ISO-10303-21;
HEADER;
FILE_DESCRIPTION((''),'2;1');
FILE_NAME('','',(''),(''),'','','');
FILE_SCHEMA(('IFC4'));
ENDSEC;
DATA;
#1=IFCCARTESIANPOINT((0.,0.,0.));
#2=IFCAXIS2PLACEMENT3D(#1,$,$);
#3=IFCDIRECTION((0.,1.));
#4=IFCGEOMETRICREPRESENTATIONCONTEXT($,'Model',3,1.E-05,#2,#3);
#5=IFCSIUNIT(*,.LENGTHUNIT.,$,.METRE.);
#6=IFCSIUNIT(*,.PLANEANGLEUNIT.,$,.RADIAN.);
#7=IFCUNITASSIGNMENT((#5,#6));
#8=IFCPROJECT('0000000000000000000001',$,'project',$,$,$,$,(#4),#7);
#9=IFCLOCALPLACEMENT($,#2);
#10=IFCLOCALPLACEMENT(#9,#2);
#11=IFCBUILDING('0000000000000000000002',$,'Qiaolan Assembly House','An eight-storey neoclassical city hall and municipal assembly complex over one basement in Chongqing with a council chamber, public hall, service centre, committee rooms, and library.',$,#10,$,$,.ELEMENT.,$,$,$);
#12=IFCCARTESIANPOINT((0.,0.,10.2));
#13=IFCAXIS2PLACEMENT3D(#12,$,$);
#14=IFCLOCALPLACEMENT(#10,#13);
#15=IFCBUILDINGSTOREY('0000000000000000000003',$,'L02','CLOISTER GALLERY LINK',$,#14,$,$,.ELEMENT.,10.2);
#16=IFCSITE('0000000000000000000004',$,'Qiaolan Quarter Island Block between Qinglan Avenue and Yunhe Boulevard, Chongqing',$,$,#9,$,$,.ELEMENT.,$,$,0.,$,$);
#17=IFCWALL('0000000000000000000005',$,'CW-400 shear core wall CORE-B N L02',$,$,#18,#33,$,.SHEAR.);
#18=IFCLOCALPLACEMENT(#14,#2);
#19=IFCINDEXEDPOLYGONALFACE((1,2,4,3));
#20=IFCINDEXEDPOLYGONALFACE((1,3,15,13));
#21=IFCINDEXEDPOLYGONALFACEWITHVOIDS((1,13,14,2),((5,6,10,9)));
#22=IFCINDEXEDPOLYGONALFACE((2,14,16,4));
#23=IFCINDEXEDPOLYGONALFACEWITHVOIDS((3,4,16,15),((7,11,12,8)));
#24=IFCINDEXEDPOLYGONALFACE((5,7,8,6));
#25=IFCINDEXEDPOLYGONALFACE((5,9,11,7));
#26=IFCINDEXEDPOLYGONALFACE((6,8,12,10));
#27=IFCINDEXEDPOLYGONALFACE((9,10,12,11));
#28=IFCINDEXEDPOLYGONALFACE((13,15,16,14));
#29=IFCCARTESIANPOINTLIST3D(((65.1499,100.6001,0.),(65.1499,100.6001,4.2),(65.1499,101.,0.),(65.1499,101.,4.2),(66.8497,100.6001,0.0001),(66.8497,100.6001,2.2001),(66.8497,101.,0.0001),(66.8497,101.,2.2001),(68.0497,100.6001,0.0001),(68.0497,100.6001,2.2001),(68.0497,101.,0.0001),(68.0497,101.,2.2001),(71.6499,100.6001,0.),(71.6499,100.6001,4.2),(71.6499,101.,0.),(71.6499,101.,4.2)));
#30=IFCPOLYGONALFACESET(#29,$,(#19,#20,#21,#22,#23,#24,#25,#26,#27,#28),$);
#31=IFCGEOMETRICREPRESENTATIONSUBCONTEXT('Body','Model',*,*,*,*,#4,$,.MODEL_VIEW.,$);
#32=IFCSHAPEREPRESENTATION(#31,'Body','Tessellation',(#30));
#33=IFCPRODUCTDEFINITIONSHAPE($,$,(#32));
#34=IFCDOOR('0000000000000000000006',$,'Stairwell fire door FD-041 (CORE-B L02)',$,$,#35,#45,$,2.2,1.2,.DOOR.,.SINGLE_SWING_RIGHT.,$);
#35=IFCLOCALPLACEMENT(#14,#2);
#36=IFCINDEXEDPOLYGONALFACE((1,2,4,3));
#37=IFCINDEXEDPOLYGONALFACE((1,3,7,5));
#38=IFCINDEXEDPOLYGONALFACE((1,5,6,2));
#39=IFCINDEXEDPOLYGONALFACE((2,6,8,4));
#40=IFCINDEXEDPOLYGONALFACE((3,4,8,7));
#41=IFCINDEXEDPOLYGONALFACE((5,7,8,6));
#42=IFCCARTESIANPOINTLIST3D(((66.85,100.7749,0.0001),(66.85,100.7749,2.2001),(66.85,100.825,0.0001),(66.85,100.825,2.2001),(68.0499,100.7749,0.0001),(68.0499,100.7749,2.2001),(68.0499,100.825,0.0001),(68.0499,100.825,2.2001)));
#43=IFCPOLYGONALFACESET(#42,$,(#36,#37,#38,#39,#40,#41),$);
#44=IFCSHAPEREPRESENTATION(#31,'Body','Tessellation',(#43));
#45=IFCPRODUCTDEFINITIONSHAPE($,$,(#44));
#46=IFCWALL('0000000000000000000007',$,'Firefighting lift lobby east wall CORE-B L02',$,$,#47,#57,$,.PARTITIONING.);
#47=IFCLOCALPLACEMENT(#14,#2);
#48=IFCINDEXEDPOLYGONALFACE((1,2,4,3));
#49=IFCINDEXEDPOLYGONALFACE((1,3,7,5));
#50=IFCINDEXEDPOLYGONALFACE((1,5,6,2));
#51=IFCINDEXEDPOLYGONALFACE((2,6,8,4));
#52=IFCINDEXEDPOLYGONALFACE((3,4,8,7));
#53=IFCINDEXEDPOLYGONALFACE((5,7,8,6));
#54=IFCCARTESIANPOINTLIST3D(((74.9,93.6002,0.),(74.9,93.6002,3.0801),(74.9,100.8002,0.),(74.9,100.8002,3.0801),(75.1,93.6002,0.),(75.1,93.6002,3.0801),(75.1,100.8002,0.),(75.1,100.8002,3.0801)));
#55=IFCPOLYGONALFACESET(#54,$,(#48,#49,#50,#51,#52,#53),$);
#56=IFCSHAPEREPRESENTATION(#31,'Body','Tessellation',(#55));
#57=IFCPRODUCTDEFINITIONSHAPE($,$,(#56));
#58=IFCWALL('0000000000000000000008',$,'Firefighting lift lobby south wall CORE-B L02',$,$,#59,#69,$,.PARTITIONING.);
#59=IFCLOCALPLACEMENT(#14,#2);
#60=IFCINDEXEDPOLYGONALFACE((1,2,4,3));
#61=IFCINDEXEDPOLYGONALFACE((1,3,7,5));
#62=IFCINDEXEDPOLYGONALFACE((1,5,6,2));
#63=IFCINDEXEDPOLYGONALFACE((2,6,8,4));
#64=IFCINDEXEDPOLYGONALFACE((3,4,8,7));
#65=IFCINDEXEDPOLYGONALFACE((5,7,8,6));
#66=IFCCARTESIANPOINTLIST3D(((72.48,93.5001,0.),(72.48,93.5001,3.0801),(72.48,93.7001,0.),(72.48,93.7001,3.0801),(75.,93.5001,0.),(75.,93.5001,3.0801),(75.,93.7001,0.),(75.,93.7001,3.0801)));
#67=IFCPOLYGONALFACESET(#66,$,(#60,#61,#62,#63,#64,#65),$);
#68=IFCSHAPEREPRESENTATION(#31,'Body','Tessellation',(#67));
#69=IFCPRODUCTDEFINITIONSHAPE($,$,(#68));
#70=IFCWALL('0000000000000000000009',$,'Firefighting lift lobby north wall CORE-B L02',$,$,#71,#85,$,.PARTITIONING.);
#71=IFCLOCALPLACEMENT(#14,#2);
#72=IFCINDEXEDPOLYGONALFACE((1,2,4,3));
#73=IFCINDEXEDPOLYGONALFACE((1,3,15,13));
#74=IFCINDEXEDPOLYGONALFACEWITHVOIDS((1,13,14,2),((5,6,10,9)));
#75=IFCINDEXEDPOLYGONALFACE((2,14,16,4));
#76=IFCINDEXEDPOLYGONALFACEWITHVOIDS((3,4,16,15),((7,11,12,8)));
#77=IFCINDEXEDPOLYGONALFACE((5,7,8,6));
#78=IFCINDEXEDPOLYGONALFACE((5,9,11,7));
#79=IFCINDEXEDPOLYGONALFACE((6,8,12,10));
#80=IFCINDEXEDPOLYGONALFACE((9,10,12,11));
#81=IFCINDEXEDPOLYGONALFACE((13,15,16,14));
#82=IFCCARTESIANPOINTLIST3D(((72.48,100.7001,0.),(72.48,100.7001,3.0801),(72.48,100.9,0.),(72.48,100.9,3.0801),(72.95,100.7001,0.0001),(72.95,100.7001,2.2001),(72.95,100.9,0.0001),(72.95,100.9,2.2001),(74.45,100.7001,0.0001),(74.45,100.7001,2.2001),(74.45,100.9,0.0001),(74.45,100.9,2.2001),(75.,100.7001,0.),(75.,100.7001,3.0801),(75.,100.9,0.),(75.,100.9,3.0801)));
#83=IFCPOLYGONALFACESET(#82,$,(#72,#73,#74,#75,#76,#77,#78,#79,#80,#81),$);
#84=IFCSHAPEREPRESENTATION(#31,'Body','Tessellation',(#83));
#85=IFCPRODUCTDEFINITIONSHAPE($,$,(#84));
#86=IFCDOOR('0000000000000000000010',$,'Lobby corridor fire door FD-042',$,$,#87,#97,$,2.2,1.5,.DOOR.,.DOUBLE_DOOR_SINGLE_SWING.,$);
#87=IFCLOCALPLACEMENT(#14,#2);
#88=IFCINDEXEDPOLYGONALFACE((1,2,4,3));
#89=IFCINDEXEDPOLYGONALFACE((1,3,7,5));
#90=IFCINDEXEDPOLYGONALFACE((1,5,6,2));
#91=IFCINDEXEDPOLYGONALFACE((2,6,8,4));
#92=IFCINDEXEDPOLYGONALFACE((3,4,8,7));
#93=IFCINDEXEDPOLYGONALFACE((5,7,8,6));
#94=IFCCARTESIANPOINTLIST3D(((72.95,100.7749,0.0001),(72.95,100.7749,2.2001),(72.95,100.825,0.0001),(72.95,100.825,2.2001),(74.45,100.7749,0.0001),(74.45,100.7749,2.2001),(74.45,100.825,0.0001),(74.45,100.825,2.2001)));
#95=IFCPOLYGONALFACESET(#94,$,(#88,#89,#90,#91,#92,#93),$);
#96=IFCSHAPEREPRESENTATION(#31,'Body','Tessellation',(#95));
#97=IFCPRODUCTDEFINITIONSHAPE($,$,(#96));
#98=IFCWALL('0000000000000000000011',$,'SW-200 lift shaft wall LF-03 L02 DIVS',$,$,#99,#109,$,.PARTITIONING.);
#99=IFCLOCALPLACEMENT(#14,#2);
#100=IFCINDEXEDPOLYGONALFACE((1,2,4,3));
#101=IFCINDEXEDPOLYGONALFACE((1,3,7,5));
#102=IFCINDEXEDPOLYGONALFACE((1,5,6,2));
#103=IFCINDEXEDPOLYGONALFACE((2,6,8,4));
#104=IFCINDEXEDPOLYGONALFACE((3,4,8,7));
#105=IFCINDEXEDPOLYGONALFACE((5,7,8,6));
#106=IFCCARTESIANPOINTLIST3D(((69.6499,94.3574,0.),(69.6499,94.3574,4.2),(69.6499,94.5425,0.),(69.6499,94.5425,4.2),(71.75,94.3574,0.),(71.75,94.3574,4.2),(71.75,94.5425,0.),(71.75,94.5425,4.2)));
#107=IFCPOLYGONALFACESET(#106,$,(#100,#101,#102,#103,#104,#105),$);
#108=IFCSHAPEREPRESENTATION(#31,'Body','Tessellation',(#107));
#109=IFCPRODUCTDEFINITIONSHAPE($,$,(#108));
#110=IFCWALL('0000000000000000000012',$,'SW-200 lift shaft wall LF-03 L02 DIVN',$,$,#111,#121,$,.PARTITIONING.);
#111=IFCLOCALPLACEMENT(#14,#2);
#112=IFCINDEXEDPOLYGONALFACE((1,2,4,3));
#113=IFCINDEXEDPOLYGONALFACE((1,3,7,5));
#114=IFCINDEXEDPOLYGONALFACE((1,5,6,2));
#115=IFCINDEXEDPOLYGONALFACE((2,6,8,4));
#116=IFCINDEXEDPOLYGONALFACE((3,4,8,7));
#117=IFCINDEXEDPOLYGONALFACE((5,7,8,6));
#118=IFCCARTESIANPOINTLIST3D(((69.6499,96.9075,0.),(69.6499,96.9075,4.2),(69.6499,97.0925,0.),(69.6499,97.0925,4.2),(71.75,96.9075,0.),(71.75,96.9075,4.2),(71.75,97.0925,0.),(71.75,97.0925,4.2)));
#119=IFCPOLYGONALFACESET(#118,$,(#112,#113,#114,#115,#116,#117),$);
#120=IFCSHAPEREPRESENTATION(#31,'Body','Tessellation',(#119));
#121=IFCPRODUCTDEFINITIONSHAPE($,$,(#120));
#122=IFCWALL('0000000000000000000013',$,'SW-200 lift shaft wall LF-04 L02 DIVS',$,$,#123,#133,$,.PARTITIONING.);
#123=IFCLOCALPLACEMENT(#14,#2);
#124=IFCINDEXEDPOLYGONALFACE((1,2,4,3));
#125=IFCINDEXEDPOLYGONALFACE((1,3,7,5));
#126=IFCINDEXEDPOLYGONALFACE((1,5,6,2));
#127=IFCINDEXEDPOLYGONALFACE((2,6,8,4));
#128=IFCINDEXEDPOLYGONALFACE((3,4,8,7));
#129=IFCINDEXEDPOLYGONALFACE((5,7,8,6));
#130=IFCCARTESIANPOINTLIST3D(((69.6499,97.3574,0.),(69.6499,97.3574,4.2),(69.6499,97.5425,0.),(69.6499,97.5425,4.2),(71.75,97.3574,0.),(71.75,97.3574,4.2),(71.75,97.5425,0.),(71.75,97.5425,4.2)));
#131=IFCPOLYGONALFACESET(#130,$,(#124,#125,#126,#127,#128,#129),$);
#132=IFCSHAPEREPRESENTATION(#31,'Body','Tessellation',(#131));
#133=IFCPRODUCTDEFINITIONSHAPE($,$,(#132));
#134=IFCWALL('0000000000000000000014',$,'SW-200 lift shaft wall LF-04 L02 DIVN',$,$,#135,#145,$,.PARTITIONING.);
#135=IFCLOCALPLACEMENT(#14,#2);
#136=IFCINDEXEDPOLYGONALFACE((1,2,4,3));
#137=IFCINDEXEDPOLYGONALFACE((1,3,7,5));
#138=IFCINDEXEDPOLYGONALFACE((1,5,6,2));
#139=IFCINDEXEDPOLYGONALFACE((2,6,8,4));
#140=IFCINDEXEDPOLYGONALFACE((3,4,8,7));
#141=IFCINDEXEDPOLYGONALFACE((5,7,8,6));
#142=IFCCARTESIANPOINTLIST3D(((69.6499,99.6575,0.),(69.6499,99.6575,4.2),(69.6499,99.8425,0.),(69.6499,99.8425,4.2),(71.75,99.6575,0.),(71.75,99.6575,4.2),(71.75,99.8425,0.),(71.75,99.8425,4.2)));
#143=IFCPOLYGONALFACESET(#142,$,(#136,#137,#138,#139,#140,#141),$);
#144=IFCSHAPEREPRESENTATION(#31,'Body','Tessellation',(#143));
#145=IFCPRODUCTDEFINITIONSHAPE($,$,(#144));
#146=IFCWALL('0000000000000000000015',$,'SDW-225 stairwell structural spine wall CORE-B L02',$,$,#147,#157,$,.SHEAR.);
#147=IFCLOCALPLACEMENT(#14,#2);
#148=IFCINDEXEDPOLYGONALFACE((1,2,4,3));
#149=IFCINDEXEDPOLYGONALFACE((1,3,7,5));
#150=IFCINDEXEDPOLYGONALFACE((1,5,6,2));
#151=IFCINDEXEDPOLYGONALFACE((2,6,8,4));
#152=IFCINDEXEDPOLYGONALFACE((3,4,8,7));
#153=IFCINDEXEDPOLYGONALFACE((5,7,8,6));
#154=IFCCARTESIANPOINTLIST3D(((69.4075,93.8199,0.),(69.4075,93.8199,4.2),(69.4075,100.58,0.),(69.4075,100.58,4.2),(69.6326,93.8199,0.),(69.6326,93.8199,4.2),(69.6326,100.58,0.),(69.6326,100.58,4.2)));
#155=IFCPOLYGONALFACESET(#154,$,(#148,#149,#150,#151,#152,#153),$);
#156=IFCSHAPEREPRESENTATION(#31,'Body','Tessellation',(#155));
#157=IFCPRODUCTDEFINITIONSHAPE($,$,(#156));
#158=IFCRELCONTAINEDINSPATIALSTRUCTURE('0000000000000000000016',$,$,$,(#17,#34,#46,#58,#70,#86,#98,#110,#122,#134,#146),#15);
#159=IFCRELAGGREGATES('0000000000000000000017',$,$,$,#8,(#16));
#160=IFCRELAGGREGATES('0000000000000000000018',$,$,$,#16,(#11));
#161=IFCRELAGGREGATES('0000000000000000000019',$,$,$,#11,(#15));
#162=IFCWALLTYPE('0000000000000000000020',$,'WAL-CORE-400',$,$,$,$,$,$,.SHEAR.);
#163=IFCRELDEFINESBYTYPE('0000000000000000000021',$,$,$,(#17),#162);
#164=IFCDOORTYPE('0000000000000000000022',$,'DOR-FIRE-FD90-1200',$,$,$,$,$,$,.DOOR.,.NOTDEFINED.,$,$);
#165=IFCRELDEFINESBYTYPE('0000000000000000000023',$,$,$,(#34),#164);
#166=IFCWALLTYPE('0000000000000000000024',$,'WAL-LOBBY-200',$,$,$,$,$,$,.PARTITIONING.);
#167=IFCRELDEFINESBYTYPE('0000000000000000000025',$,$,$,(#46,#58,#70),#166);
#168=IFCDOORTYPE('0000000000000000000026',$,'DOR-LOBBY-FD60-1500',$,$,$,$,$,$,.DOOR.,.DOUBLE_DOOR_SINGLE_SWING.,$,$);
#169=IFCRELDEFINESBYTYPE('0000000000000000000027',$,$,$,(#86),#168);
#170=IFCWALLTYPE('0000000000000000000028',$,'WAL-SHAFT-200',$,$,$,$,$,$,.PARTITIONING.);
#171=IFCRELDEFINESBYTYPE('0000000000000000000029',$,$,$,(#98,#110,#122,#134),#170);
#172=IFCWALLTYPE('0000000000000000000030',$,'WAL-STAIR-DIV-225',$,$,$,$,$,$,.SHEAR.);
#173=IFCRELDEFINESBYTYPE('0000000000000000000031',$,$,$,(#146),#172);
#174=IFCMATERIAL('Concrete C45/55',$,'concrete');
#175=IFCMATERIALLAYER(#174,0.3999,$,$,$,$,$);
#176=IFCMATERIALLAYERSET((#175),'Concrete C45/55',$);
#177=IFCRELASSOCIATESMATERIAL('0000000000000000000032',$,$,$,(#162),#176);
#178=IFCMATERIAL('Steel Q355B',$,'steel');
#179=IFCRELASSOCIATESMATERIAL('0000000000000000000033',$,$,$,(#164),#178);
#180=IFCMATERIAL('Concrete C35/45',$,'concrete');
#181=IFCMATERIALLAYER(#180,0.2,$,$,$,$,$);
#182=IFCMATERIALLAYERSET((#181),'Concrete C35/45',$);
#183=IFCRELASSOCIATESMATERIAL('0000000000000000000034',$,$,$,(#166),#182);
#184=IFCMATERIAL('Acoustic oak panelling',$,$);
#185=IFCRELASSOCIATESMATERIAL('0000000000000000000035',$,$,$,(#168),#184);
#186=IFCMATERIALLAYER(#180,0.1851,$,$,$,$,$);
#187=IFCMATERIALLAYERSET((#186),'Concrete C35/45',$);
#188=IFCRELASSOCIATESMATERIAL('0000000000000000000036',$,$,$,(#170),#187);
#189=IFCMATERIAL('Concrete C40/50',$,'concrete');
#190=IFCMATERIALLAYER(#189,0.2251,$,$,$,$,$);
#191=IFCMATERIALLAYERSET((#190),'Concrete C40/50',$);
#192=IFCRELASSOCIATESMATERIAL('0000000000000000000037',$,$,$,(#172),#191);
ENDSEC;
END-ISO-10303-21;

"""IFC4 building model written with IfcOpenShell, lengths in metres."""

from ifc_helpers import new_model, si_unit, direction, frame, frame_2d, origin, place, context, subcontext, project, spatial, rectangle, extrude, material, layer, layer_set, type_object, element, fill, save


model = new_model("IFC4")

# Units and contexts
model_context = context("Model", 3, precision=1e-05, world=origin(), true_north=direction((0.0, 1.0)))
body_context = subcontext(model_context, "Body", "Model", "MODEL_VIEW")
ifc_project = project(units=[si_unit("LENGTHUNIT", "METRE"), si_unit("PLANEANGLEUNIT", "RADIAN")], contexts=[model_context])

# Site, building, storey
site_placement = place(None, origin())
site = spatial("IfcSite", under=ifc_project, at=site_placement, Name="Qiaolan Quarter Island Block between Qinglan Avenue and Yunhe Boulevard, Chongqing", CompositionType="ELEMENT", RefElevation=0.0)
building_placement = place(site_placement, origin())
building = spatial("IfcBuilding", under=site, at=building_placement, Name="Qiaolan Assembly House", Description="An eight-storey neoclassical city hall and municipal assembly complex over one basement in Chongqing with a council chamber, public hall, service centre, committee rooms, and library.", CompositionType="ELEMENT")
storey_placement = place(building_placement, frame((0.0, 0.0, 10.2)))
storey = spatial("IfcBuildingStorey", under=building, at=storey_placement, Name="L02", Description="CLOISTER GALLERY LINK", CompositionType="ELEMENT", Elevation=10.2)

# Shared definitions
ifc_material_1 = material(Name="Concrete C45/55", Category="concrete")

# Shared definitions
ifc_material_2 = material(Name="Concrete C40/50", Category="concrete")

# Shared definitions
ifc_layer_1 = layer(ifc_material_1, 0.3999)
ifc_layer_set_1 = layer_set([ifc_layer_1], Name="Concrete C45/55")
wall_type_1 = type_object("IfcWallType", Name="WAL-CORE-400", PredefinedType="SHEAR", material=ifc_layer_set_1)

# Wall, opening, door
wall_1_placement = place(storey_placement, frame((71.6499, 100.8, 0.0), z_axis=(0.0, 0.0, 1.0), x_axis=(-1.0, 0.0, 0.0)))
wall_1 = element("IfcWall", 1, at=wall_1_placement, inside=storey, type_object=wall_type_1, Name="CW-400 shear core wall CORE-B N L02", PredefinedType="SHEAR", context=body_context, shape_type="SweptSolid", body=[
    extrude(rectangle(XDim=6.5, YDim=0.3999, at=frame_2d((3.25, 0.0))), origin(), (0.0, 0.0, 1.0), 4.2),
])
opening_1_placement = place(wall_1_placement, frame((3.6001, 0.0, 0.0)))
opening_1 = element("IfcOpeningElement", 2, at=opening_1_placement, cuts=wall_1, PredefinedType="OPENING", context=body_context, shape_type="SweptSolid", body=[
    extrude(rectangle(XDim=1.2, YDim=2.2, at=frame_2d((0.6001, 1.1001))), frame((0.0, 0.21, 0.0), z_axis=(0.0, -1.0, 0.0), x_axis=(1.0, 0.0, 0.0)), (0.0, 0.0, 1.0), 0.4199),
])
ifc_material_3 = material(Name="Steel Q355B", Category="steel")
door_type_1 = type_object("IfcDoorType", Name="DOR-FIRE-FD90-1200", OperationType="NOTDEFINED", PredefinedType="DOOR", material=ifc_material_3)
door_1_placement = place(opening_1_placement, frame((1.2, 0.0, 0.0), z_axis=(0.0, 0.0, 1.0), x_axis=(-1.0, 0.0, 0.0)))
door_1 = element("IfcDoor", 3, at=door_1_placement, inside=storey, type_object=door_type_1, Name="Stairwell fire door FD-041 (CORE-B L02)", OperationType="SINGLE_SWING_RIGHT", OverallHeight=2.2, OverallWidth=1.2, PredefinedType="DOOR", context=body_context, shape_type="SweptSolid", body=[
    extrude(rectangle(XDim=1.2, YDim=2.2, at=frame_2d((0.6001, 1.1001))), frame((0.0, 0.0249, 0.0), z_axis=(0.0, -1.0, 0.0), x_axis=(1.0, 0.0, 0.0)), (0.0, 0.0, 1.0), 0.05),
])
fill(opening_1, door_1)

# Walls
ifc_material_4 = material(Name="Concrete C35/45", Category="concrete")
ifc_layer_2 = layer(ifc_material_4, 0.2)
ifc_layer_set_2 = layer_set([ifc_layer_2], Name="Concrete C35/45")
wall_type_2 = type_object("IfcWallType", Name="WAL-LOBBY-200", PredefinedType="PARTITIONING", material=ifc_layer_set_2)
wall_2_placement = place(storey_placement, frame((75.0, 93.6001, 0.0), z_axis=(0.0, 0.0, 1.0), x_axis=(0.0, 1.0, 0.0)))
element("IfcWall", 4, at=wall_2_placement, inside=storey, type_object=wall_type_2, Name="Firefighting lift lobby east wall CORE-B L02", PredefinedType="PARTITIONING", context=body_context, shape_type="SweptSolid", body=[
    extrude(rectangle(XDim=7.2, YDim=0.2, at=frame_2d((3.6001, 0.0))), origin(), (0.0, 0.0, 1.0), 3.0801),
])
wall_3_placement = place(storey_placement, frame((72.48, 93.6001, 0.0), z_axis=(0.0, 0.0, 1.0), x_axis=(1.0, 0.0, 0.0)))
element("IfcWall", 5, at=wall_3_placement, inside=storey, type_object=wall_type_2, Name="Firefighting lift lobby south wall CORE-B L02", PredefinedType="PARTITIONING", context=body_context, shape_type="SweptSolid", body=[
    extrude(rectangle(XDim=2.52, YDim=0.2, at=frame_2d((1.26, 0.0))), origin(), (0.0, 0.0, 1.0), 3.0801),
])

# Wall, opening, door
wall_4_placement = place(storey_placement, frame((75.0, 100.8, 0.0), z_axis=(0.0, 0.0, 1.0), x_axis=(-1.0, 0.0, 0.0)))
wall_4 = element("IfcWall", 6, at=wall_4_placement, inside=storey, type_object=wall_type_2, Name="Firefighting lift lobby north wall CORE-B L02", PredefinedType="PARTITIONING", context=body_context, shape_type="SweptSolid", body=[
    extrude(rectangle(XDim=2.52, YDim=0.2, at=frame_2d((1.26, 0.0))), origin(), (0.0, 0.0, 1.0), 3.0801),
])
opening_2_placement = place(wall_4_placement, frame((0.55, 0.0, 0.0)))
opening_2 = element("IfcOpeningElement", 7, at=opening_2_placement, cuts=wall_4, PredefinedType="OPENING", context=body_context, shape_type="SweptSolid", body=[
    extrude(rectangle(XDim=1.5, YDim=2.2, at=frame_2d((0.75, 1.1001))), frame((0.0, 0.1099, 0.0), z_axis=(0.0, -1.0, 0.0), x_axis=(1.0, 0.0, 0.0)), (0.0, 0.0, 1.0), 0.22),
])
ifc_material_5 = material(Name="Acoustic oak panelling")
door_type_2 = type_object("IfcDoorType", Name="DOR-LOBBY-FD60-1500", OperationType="DOUBLE_DOOR_SINGLE_SWING", PredefinedType="DOOR", material=ifc_material_5)
door_2_placement = place(opening_2_placement, frame((1.5, 0.0, 0.0), z_axis=(0.0, 0.0, 1.0), x_axis=(-1.0, 0.0, 0.0)))
door_2 = element("IfcDoor", 8, at=door_2_placement, inside=storey, type_object=door_type_2, Name="Lobby corridor fire door FD-042", OperationType="DOUBLE_DOOR_SINGLE_SWING", OverallHeight=2.2, OverallWidth=1.5, PredefinedType="DOOR", context=body_context, shape_type="SweptSolid", body=[
    extrude(rectangle(XDim=1.5, YDim=2.2, at=frame_2d((0.75, 1.1001))), frame((0.0, 0.0249, 0.0), z_axis=(0.0, -1.0, 0.0), x_axis=(1.0, 0.0, 0.0)), (0.0, 0.0, 1.0), 0.05),
])
fill(opening_2, door_2)

# Walls
ifc_layer_3 = layer(ifc_material_4, 0.1851)
ifc_layer_set_3 = layer_set([ifc_layer_3], Name="Concrete C35/45")
wall_type_3 = type_object("IfcWallType", Name="WAL-SHAFT-200", PredefinedType="PARTITIONING", material=ifc_layer_set_3)
for number, where, z_axis, x_axis, name in (
    (9, (69.6499, 94.45, 0.0), (0.0, 0.0, 1.0), (1.0, 0.0, 0.0), "SW-200 lift shaft wall LF-03 L02 DIVS"),
    (10, (69.6499, 97.0, 0.0), (0.0, 0.0, 1.0), (1.0, 0.0, 0.0), "SW-200 lift shaft wall LF-03 L02 DIVN"),
    (11, (69.6499, 97.45, 0.0), (0.0, 0.0, 1.0), (1.0, 0.0, 0.0), "SW-200 lift shaft wall LF-04 L02 DIVS"),
    (12, (69.6499, 99.75, 0.0), (0.0, 0.0, 1.0), (1.0, 0.0, 0.0), "SW-200 lift shaft wall LF-04 L02 DIVN"),
):
    element("IfcWall", number, at=place(storey_placement, frame(where, z_axis=z_axis, x_axis=x_axis)), inside=storey, type_object=wall_type_3, Name=name, PredefinedType="PARTITIONING", context=body_context, shape_type="SweptSolid", body=[
        extrude(rectangle(XDim=2.1001, YDim=0.1851, at=frame_2d((1.05, 0.0))), origin(), (0.0, 0.0, 1.0), 4.2),
    ])
ifc_layer_4 = layer(ifc_material_2, 0.2251)
ifc_layer_set_4 = layer_set([ifc_layer_4], Name="Concrete C40/50")
wall_type_4 = type_object("IfcWallType", Name="WAL-STAIR-DIV-225", PredefinedType="SHEAR", material=ifc_layer_set_4)
wall_5_placement = place(storey_placement, frame((69.52, 93.8201, 0.0), z_axis=(0.0, 0.0, 1.0), x_axis=(0.0, 1.0, 0.0)))
element("IfcWall", 13, at=wall_5_placement, inside=storey, type_object=wall_type_4, Name="SDW-225 stairwell structural spine wall CORE-B L02", PredefinedType="SHEAR", context=body_context, shape_type="SweptSolid", body=[
    extrude(rectangle(XDim=6.76, YDim=0.2251, at=frame_2d((3.3799, 0.0))), origin(), (0.0, 0.0, 1.0), 4.2),
])

save(model, "model.ifc")
